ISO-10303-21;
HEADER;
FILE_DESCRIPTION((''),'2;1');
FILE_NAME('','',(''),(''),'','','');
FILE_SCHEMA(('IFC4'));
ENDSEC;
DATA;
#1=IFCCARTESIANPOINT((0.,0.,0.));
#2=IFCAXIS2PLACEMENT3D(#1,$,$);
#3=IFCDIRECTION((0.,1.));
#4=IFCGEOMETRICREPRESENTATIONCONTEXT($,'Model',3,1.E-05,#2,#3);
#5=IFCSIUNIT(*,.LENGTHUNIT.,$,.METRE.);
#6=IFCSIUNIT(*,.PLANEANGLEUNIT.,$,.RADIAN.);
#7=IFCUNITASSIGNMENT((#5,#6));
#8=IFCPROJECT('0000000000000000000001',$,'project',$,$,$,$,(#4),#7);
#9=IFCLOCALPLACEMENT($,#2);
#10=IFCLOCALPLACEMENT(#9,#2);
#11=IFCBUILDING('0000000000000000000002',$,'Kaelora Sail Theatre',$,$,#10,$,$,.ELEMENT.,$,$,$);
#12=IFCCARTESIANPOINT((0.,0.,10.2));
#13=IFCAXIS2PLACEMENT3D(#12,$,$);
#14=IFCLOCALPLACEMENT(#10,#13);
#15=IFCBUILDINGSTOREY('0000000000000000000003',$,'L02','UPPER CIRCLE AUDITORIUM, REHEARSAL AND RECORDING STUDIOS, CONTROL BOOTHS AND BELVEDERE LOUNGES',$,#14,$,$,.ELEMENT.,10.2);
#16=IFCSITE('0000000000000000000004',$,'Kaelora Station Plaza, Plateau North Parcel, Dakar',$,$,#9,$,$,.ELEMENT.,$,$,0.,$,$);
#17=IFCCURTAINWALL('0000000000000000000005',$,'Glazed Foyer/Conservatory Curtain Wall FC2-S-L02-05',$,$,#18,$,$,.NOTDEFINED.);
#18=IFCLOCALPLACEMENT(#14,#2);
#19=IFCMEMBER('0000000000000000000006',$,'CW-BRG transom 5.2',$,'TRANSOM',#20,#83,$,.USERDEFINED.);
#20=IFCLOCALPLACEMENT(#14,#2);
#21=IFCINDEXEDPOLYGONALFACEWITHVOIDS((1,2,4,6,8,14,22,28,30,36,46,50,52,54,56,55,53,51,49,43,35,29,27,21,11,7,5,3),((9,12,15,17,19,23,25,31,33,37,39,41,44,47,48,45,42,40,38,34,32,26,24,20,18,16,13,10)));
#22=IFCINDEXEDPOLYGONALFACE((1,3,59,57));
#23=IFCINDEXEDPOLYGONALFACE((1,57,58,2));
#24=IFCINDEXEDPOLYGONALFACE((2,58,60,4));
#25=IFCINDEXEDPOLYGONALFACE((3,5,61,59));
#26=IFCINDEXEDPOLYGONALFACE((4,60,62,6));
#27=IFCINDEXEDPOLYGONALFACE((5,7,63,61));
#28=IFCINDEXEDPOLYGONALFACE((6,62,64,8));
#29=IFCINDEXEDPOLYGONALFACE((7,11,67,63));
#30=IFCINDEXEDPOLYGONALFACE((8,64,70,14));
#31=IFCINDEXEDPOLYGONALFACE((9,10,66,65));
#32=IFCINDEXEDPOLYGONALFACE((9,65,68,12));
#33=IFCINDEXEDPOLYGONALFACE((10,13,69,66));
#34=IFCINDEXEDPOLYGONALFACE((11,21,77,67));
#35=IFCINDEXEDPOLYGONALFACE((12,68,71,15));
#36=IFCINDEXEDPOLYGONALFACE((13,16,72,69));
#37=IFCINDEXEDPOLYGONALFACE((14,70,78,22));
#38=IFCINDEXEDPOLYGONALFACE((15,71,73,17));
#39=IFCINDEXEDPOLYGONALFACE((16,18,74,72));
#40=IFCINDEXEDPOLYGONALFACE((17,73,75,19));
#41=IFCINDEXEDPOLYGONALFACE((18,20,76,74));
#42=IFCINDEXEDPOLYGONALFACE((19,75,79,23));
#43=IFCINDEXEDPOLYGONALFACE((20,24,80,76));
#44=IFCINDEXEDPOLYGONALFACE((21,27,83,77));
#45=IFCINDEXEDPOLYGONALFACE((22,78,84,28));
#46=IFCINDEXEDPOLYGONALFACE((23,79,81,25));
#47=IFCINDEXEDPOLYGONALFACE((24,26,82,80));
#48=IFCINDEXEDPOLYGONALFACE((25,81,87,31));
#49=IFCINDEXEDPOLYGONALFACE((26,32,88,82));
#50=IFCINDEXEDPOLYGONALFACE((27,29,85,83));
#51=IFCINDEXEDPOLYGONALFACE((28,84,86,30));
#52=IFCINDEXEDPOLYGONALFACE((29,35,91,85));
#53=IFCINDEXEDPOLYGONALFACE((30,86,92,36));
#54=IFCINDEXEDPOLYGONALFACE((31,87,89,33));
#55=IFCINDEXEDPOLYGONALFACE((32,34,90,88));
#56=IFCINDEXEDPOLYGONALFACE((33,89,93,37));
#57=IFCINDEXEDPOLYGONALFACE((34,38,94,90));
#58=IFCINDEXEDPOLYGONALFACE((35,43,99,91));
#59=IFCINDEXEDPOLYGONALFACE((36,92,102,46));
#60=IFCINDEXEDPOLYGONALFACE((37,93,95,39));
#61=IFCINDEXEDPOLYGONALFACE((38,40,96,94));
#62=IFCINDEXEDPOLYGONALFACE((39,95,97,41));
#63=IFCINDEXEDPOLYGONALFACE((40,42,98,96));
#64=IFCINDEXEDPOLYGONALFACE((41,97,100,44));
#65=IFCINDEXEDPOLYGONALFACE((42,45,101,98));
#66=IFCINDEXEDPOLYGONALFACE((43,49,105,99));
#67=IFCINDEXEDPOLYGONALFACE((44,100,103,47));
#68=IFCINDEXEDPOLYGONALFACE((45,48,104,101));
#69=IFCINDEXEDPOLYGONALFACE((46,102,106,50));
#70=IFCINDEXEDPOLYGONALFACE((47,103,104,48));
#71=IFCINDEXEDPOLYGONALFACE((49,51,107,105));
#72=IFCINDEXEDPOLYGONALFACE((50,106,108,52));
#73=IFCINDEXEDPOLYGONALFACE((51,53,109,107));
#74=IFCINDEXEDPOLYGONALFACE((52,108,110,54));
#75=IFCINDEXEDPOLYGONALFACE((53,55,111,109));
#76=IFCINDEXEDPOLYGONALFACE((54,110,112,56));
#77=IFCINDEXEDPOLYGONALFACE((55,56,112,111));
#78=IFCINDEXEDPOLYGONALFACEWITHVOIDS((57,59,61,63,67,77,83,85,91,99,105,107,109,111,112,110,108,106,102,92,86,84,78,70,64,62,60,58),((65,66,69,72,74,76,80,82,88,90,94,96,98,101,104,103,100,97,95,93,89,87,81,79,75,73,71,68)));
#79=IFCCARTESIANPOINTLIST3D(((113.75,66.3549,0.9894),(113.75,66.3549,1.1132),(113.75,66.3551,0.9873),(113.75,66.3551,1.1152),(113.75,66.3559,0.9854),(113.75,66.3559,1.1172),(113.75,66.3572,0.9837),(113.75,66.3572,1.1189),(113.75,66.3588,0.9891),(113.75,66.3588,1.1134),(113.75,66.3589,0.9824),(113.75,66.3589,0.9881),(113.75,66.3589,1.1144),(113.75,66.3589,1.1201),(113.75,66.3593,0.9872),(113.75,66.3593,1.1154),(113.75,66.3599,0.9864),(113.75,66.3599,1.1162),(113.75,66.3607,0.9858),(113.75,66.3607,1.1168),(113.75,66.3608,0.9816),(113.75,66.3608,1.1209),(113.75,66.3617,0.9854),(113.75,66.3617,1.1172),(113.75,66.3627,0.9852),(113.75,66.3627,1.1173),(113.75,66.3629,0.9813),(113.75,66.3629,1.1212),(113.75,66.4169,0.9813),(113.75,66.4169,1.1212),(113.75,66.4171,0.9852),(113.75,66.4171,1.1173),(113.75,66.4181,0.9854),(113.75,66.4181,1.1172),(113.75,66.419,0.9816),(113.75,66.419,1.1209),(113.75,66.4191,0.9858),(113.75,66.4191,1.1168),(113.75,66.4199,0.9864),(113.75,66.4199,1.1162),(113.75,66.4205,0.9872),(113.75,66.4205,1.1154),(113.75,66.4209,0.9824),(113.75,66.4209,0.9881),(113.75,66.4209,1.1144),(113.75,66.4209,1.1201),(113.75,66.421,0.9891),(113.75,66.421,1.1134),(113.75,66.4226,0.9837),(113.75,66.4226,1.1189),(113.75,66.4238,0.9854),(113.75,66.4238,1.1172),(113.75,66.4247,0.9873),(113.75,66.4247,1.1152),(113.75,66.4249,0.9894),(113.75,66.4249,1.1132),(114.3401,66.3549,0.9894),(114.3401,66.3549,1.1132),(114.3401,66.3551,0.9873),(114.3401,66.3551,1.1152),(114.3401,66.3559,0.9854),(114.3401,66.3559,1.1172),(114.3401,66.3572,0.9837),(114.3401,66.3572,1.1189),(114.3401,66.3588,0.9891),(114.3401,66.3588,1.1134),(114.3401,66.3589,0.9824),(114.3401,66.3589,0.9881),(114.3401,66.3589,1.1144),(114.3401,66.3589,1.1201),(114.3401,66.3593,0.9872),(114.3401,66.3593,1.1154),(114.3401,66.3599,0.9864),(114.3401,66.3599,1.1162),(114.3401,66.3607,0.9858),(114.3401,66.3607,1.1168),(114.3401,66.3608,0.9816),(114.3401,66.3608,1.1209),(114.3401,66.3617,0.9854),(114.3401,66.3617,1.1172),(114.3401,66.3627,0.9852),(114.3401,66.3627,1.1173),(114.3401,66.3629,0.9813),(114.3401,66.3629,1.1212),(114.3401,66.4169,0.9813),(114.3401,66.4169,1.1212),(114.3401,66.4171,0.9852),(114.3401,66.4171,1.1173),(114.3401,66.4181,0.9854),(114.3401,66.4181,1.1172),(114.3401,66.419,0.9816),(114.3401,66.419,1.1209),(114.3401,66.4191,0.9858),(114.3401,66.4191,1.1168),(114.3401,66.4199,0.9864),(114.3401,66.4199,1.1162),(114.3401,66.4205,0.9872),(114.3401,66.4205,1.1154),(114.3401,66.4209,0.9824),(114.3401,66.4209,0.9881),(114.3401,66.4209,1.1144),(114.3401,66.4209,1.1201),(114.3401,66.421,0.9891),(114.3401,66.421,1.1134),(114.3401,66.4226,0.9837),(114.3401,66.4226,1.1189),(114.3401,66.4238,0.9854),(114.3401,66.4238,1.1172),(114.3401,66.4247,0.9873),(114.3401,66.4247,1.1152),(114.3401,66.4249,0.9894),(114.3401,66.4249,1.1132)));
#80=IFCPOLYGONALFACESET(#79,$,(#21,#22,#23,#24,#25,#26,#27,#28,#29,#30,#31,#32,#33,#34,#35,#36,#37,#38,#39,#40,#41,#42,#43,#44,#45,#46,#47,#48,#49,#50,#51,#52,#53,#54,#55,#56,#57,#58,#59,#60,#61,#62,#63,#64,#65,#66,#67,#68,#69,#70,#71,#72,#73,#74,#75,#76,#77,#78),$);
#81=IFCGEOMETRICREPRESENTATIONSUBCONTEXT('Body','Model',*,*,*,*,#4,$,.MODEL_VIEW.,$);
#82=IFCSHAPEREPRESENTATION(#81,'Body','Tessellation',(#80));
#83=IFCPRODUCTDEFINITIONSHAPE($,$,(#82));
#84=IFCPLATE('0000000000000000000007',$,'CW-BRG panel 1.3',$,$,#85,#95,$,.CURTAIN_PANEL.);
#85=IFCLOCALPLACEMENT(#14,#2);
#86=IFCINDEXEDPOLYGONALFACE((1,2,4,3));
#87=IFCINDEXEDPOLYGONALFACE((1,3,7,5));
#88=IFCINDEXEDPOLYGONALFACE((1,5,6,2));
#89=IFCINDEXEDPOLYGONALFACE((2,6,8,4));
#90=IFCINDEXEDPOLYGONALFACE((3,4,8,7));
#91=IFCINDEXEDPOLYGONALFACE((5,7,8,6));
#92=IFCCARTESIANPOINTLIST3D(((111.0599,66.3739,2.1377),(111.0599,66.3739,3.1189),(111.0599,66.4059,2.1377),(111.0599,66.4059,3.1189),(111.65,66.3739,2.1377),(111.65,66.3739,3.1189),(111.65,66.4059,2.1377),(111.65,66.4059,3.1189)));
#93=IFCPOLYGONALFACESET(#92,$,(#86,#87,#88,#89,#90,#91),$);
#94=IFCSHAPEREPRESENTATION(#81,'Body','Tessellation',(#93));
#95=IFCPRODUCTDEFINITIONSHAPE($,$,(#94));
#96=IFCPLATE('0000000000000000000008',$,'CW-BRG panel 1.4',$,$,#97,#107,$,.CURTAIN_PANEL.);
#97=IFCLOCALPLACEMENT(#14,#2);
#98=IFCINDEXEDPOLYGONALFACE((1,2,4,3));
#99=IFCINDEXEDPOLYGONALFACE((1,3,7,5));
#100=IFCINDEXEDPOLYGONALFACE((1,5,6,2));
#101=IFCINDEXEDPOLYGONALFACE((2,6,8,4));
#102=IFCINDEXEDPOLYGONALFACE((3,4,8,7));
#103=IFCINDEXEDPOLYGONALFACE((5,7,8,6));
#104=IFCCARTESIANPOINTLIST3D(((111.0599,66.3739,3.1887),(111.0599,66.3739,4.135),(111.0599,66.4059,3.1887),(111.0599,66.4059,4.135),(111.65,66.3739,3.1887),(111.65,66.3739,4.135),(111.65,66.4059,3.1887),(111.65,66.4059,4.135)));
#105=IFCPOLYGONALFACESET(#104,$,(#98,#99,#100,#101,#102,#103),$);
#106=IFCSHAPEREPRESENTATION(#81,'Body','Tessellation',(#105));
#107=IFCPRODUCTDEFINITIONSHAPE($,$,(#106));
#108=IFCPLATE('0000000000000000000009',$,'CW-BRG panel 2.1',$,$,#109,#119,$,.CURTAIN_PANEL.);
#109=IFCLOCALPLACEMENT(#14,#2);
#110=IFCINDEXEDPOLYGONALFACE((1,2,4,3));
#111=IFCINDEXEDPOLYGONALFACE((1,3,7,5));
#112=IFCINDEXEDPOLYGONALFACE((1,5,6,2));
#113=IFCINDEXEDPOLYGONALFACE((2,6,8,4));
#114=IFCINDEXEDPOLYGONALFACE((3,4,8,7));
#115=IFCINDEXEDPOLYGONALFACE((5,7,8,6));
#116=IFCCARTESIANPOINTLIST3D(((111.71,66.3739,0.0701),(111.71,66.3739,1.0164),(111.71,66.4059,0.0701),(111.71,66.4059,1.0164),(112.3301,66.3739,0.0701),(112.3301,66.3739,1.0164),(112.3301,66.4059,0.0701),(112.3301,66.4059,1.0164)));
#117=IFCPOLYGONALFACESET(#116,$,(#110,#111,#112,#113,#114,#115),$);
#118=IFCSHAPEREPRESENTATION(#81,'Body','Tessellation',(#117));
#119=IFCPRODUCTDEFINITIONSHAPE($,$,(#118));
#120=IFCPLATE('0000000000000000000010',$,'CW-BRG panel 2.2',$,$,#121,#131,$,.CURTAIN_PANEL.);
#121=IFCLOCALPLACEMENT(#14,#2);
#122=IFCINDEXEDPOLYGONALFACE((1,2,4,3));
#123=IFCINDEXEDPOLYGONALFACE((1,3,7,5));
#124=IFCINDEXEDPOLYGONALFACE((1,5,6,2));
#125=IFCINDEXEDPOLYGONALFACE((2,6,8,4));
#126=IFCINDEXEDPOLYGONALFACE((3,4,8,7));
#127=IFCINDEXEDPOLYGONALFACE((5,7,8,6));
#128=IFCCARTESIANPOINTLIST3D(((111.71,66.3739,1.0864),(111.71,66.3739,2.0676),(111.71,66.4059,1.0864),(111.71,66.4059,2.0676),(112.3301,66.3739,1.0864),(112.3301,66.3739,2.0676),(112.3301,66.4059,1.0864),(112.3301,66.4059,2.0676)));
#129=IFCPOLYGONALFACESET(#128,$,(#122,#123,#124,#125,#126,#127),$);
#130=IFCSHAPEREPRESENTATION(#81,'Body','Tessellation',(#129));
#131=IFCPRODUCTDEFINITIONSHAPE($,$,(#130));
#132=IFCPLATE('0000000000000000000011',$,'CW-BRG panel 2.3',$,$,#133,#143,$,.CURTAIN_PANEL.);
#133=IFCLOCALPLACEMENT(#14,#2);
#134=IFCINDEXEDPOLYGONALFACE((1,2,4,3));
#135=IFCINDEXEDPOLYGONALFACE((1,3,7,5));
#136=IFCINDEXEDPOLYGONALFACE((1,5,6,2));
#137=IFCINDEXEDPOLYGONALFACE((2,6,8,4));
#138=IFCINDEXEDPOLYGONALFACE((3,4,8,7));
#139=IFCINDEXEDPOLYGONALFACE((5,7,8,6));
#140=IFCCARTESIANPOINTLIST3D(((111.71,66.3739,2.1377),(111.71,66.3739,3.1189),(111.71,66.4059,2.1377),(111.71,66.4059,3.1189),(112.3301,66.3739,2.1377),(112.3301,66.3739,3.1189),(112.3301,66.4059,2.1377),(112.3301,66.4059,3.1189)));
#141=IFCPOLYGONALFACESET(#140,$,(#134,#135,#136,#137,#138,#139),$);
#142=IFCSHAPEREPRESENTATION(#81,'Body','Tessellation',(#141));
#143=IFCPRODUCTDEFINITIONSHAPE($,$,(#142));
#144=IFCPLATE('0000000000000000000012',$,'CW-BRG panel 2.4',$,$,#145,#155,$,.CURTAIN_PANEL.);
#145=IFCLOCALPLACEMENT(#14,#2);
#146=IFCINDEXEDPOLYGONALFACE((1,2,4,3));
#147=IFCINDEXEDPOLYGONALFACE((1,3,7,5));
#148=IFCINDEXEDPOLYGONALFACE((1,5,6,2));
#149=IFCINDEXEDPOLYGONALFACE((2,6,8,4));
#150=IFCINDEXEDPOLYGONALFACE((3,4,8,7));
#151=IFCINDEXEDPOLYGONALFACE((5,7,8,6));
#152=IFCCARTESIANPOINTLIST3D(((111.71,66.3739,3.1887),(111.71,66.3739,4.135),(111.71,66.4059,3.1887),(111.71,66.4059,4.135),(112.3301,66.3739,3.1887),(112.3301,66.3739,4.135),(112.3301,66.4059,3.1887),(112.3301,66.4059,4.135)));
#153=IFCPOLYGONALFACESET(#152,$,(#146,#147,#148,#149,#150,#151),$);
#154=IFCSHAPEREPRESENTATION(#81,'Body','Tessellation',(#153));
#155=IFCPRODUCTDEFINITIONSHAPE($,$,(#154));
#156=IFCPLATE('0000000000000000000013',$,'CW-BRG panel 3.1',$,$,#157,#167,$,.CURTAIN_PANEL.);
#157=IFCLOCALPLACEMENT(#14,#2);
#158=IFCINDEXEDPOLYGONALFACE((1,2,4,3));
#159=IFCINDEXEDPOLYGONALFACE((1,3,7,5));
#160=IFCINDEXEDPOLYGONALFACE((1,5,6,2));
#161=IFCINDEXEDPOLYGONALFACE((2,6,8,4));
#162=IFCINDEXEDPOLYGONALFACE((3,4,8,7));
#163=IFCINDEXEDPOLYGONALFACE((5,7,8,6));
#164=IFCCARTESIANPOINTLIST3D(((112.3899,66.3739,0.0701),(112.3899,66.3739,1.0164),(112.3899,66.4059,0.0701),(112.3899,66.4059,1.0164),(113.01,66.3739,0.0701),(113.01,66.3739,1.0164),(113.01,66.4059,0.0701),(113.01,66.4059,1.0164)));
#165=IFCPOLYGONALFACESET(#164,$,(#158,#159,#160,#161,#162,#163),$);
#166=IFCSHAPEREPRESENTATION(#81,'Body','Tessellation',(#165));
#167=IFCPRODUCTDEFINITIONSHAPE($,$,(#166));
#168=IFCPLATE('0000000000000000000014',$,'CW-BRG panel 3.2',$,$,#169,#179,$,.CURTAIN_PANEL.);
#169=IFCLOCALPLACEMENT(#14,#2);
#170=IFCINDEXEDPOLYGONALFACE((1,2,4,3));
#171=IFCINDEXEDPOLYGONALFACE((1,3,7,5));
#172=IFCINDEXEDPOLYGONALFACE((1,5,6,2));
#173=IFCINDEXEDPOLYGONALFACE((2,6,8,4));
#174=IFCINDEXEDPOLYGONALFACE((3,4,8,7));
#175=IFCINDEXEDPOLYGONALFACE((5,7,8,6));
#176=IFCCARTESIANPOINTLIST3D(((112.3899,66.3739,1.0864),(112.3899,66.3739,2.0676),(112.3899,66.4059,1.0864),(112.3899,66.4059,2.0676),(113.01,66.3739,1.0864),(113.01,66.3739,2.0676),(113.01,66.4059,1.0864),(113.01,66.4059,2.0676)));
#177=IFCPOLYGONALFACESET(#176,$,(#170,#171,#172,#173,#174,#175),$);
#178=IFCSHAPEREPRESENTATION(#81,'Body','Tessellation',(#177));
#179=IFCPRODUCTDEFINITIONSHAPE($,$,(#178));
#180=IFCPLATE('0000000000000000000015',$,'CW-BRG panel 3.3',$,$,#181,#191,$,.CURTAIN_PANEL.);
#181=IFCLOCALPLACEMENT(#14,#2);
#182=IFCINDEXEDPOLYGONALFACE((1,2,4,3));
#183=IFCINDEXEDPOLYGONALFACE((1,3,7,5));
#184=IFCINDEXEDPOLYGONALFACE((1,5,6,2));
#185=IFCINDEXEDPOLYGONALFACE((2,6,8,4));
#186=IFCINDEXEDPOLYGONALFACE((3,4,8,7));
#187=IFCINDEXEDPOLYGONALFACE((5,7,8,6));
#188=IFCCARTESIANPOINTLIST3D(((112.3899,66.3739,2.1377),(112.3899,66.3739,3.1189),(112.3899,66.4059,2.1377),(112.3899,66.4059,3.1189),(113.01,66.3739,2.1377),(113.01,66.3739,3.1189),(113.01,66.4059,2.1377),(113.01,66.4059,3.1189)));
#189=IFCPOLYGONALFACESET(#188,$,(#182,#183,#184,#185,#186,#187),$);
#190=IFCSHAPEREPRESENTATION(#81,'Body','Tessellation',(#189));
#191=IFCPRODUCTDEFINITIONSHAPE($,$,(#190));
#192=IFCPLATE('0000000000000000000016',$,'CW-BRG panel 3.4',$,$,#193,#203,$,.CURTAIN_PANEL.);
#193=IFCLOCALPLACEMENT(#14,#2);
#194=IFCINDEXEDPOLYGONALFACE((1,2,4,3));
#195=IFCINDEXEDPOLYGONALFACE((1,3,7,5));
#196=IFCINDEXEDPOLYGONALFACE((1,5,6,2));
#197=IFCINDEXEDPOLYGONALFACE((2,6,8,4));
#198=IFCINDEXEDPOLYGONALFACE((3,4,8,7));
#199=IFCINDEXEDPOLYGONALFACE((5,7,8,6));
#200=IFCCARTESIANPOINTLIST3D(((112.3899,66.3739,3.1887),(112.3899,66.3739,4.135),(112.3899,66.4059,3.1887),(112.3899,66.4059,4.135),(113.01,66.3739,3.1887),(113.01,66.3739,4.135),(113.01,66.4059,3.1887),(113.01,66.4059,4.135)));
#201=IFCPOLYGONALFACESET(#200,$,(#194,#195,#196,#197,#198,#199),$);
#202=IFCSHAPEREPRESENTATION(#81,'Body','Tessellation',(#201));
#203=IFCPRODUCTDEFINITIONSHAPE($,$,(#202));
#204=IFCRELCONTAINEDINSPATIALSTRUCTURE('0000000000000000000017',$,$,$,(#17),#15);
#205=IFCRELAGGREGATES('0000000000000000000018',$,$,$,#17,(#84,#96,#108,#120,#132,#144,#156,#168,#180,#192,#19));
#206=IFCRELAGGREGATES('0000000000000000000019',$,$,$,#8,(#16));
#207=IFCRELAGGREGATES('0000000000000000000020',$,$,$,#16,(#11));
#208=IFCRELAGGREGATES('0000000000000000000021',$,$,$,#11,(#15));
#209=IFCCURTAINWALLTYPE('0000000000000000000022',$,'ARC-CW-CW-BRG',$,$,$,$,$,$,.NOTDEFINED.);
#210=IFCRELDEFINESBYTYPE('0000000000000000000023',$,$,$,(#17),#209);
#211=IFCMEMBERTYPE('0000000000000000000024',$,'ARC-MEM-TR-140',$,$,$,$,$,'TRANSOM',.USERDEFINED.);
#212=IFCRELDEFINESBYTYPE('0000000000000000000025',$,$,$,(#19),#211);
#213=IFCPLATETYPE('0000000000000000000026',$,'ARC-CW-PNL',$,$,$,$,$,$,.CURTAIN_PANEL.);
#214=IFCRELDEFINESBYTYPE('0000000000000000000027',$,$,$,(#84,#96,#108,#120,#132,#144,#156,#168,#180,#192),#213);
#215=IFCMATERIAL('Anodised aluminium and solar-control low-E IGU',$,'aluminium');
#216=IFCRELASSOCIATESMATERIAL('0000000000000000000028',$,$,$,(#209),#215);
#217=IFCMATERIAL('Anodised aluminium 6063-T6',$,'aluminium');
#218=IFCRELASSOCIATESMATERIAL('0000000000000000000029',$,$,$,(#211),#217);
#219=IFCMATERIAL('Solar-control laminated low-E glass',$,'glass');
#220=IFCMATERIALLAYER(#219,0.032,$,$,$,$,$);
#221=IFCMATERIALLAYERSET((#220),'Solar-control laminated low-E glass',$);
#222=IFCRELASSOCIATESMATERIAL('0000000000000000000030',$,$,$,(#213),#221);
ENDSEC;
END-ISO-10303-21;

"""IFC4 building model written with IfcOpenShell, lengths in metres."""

from ifc_helpers import new_model, si_unit, direction, frame, origin, origin_2d, place, context, subcontext, project, spatial, rectangle, hollow_rectangle, extrude, material, layer, layer_set, material_profile, profile_set, type_object, element, aggregate, save


model = new_model("IFC4")

# Units and contexts
model_context = context("Model", 3, precision=1e-05, world=origin(), true_north=direction((0.0, 1.0)))
body_context = subcontext(model_context, "Body", "Model", "MODEL_VIEW")
ifc_project = project(units=[si_unit("LENGTHUNIT", "METRE"), si_unit("PLANEANGLEUNIT", "RADIAN")], contexts=[model_context])

# Site, building, storey
site_placement = place(None, origin())
site = spatial("IfcSite", under=ifc_project, at=site_placement, Name="Kaelora Station Plaza, Plateau North Parcel, Dakar", CompositionType="ELEMENT", RefElevation=0.0)
building_placement = place(site_placement, origin())
building = spatial("IfcBuilding", under=site, at=building_placement, Name="Kaelora Sail Theatre", CompositionType="ELEMENT")
storey_placement = place(building_placement, frame((0.0, 0.0, 10.2)))
storey = spatial("IfcBuildingStorey", under=building, at=storey_placement, Name="L02", Description="UPPER CIRCLE AUDITORIUM, REHEARSAL AND RECORDING STUDIOS, CONTROL BOOTHS AND BELVEDERE LOUNGES", CompositionType="ELEMENT", Elevation=10.2)

# Curtain wall, member, plates
ifc_material_1 = material(Name="Anodised aluminium and solar-control low-E IGU", Category="aluminium")
curtain_wall_type = type_object("IfcCurtainWallType", Name="ARC-CW-CW-BRG", PredefinedType="NOTDEFINED", material=ifc_material_1)
curtain_wall_placement = place(storey_placement, origin())
curtain_wall = element("IfcCurtainWall", 1, at=curtain_wall_placement, inside=storey, type_object=curtain_wall_type, Name="Glazed Foyer/Conservatory Curtain Wall FC2-S-L02-05", PredefinedType="NOTDEFINED")
ifc_material_2 = material(Name="Anodised aluminium 6063-T6", Category="aluminium")
ifc_material_profile_1 = material_profile(ifc_material_2, hollow_rectangle(XDim=0.0701, YDim=0.1399, WallThickness=0.0039, InnerFilletRadius=0.0039, OuterFilletRadius=0.0081, at=origin_2d()), Name="ALU-TRAN 70x140x4")
ifc_profile_set_1 = profile_set([ifc_material_profile_1], Name="Anodised aluminium 6063-T6")
member_type_1 = type_object("IfcMemberType", Name="ARC-MEM-TR-140", ElementType="TRANSOM", PredefinedType="USERDEFINED", material=ifc_profile_set_1)
member_1_placement = place(storey_placement, frame((113.75, 66.3899, 1.0513), z_axis=(1.0, 0.0, 0.0), x_axis=(0.0, 1.0, 0.0)))
member_1 = element("IfcMember", 2, at=member_1_placement, type_object=member_type_1, Name="CW-BRG transom 5.2", ObjectType="TRANSOM", PredefinedType="USERDEFINED", context=body_context, shape_type="SweptSolid", body=[
    extrude(hollow_rectangle(XDim=0.0701, YDim=0.1399, WallThickness=0.0039, InnerFilletRadius=0.0039, OuterFilletRadius=0.0081, at=origin_2d()), origin(), (0.0, 0.0, 1.0), 0.5901),
])
ifc_material_3 = material(Name="Solar-control laminated low-E glass", Category="glass")
ifc_layer = layer(ifc_material_3, 0.032)
ifc_layer_set = layer_set([ifc_layer], Name="Solar-control laminated low-E glass")
plate_type = type_object("IfcPlateType", Name="ARC-CW-PNL", PredefinedType="CURTAIN_PANEL", material=ifc_layer_set)
plate_1_placement = place(storey_placement, frame((111.355, 66.3899, 2.1377), z_axis=(0.0, 0.0, 1.0), x_axis=(1.0, 0.0, 0.0)))
plate_1 = element("IfcPlate", 3, at=plate_1_placement, type_object=plate_type, Name="CW-BRG panel 1.3", PredefinedType="CURTAIN_PANEL", context=body_context, shape_type="SweptSolid", body=[
    extrude(rectangle(XDim=0.5901, YDim=0.032, at=origin_2d()), origin(), (0.0, 0.0, 1.0), 0.9812),
])
plate_2_placement = place(storey_placement, frame((111.355, 66.3899, 3.1887), z_axis=(0.0, 0.0, 1.0), x_axis=(1.0, 0.0, 0.0)))
plate_2 = element("IfcPlate", 4, at=plate_2_placement, type_object=plate_type, Name="CW-BRG panel 1.4", PredefinedType="CURTAIN_PANEL", context=body_context, shape_type="SweptSolid", body=[
    extrude(rectangle(XDim=0.5901, YDim=0.032, at=origin_2d()), origin(), (0.0, 0.0, 1.0), 0.9463),
])
plate_3_placement = place(storey_placement, frame((112.02, 66.3899, 0.0701), z_axis=(0.0, 0.0, 1.0), x_axis=(1.0, 0.0, 0.0)))
plate_3 = element("IfcPlate", 5, at=plate_3_placement, type_object=plate_type, Name="CW-BRG panel 2.1", PredefinedType="CURTAIN_PANEL", context=body_context, shape_type="SweptSolid", body=[
    extrude(rectangle(XDim=0.6201, YDim=0.032, at=origin_2d()), origin(), (0.0, 0.0, 1.0), 0.9463),
])
plate_4_placement = place(storey_placement, frame((112.02, 66.3899, 1.0864), z_axis=(0.0, 0.0, 1.0), x_axis=(1.0, 0.0, 0.0)))
plate_4 = element("IfcPlate", 6, at=plate_4_placement, type_object=plate_type, Name="CW-BRG panel 2.2", PredefinedType="CURTAIN_PANEL", context=body_context, shape_type="SweptSolid", body=[
    extrude(rectangle(XDim=0.6201, YDim=0.032, at=origin_2d()), origin(), (0.0, 0.0, 1.0), 0.9812),
])
plate_5_placement = place(storey_placement, frame((112.02, 66.3899, 2.1377), z_axis=(0.0, 0.0, 1.0), x_axis=(1.0, 0.0, 0.0)))
plate_5 = element("IfcPlate", 7, at=plate_5_placement, type_object=plate_type, Name="CW-BRG panel 2.3", PredefinedType="CURTAIN_PANEL", context=body_context, shape_type="SweptSolid", body=[
    extrude(rectangle(XDim=0.6201, YDim=0.032, at=origin_2d()), origin(), (0.0, 0.0, 1.0), 0.9812),
])
plate_6_placement = place(storey_placement, frame((112.02, 66.3899, 3.1887), z_axis=(0.0, 0.0, 1.0), x_axis=(1.0, 0.0, 0.0)))
plate_6 = element("IfcPlate", 8, at=plate_6_placement, type_object=plate_type, Name="CW-BRG panel 2.4", PredefinedType="CURTAIN_PANEL", context=body_context, shape_type="SweptSolid", body=[
    extrude(rectangle(XDim=0.6201, YDim=0.032, at=origin_2d()), origin(), (0.0, 0.0, 1.0), 0.9463),
])
plate_7_placement = place(storey_placement, frame((112.7, 66.3899, 0.0701), z_axis=(0.0, 0.0, 1.0), x_axis=(1.0, 0.0, 0.0)))
plate_7 = element("IfcPlate", 9, at=plate_7_placement, type_object=plate_type, Name="CW-BRG panel 3.1", PredefinedType="CURTAIN_PANEL", context=body_context, shape_type="SweptSolid", body=[
    extrude(rectangle(XDim=0.6201, YDim=0.032, at=origin_2d()), origin(), (0.0, 0.0, 1.0), 0.9463),
])
plate_8_placement = place(storey_placement, frame((112.7, 66.3899, 1.0864), z_axis=(0.0, 0.0, 1.0), x_axis=(1.0, 0.0, 0.0)))
plate_8 = element("IfcPlate", 10, at=plate_8_placement, type_object=plate_type, Name="CW-BRG panel 3.2", PredefinedType="CURTAIN_PANEL", context=body_context, shape_type="SweptSolid", body=[
    extrude(rectangle(XDim=0.6201, YDim=0.032, at=origin_2d()), origin(), (0.0, 0.0, 1.0), 0.9812),
])
plate_9_placement = place(storey_placement, frame((112.7, 66.3899, 2.1377), z_axis=(0.0, 0.0, 1.0), x_axis=(1.0, 0.0, 0.0)))
plate_9 = element("IfcPlate", 11, at=plate_9_placement, type_object=plate_type, Name="CW-BRG panel 3.3", PredefinedType="CURTAIN_PANEL", context=body_context, shape_type="SweptSolid", body=[
    extrude(rectangle(XDim=0.6201, YDim=0.032, at=origin_2d()), origin(), (0.0, 0.0, 1.0), 0.9812),
])
plate_10_placement = place(storey_placement, frame((112.7, 66.3899, 3.1887), z_axis=(0.0, 0.0, 1.0), x_axis=(1.0, 0.0, 0.0)))
plate_10 = element("IfcPlate", 12, at=plate_10_placement, type_object=plate_type, Name="CW-BRG panel 3.4", PredefinedType="CURTAIN_PANEL", context=body_context, shape_type="SweptSolid", body=[
    extrude(rectangle(XDim=0.6201, YDim=0.032, at=origin_2d()), origin(), (0.0, 0.0, 1.0), 0.9463),
])
aggregate(curtain_wall, [plate_1, plate_2, plate_3, plate_4, plate_5, plate_6, plate_7, plate_8, plate_9, plate_10, member_1])

save(model, "model.ifc")
